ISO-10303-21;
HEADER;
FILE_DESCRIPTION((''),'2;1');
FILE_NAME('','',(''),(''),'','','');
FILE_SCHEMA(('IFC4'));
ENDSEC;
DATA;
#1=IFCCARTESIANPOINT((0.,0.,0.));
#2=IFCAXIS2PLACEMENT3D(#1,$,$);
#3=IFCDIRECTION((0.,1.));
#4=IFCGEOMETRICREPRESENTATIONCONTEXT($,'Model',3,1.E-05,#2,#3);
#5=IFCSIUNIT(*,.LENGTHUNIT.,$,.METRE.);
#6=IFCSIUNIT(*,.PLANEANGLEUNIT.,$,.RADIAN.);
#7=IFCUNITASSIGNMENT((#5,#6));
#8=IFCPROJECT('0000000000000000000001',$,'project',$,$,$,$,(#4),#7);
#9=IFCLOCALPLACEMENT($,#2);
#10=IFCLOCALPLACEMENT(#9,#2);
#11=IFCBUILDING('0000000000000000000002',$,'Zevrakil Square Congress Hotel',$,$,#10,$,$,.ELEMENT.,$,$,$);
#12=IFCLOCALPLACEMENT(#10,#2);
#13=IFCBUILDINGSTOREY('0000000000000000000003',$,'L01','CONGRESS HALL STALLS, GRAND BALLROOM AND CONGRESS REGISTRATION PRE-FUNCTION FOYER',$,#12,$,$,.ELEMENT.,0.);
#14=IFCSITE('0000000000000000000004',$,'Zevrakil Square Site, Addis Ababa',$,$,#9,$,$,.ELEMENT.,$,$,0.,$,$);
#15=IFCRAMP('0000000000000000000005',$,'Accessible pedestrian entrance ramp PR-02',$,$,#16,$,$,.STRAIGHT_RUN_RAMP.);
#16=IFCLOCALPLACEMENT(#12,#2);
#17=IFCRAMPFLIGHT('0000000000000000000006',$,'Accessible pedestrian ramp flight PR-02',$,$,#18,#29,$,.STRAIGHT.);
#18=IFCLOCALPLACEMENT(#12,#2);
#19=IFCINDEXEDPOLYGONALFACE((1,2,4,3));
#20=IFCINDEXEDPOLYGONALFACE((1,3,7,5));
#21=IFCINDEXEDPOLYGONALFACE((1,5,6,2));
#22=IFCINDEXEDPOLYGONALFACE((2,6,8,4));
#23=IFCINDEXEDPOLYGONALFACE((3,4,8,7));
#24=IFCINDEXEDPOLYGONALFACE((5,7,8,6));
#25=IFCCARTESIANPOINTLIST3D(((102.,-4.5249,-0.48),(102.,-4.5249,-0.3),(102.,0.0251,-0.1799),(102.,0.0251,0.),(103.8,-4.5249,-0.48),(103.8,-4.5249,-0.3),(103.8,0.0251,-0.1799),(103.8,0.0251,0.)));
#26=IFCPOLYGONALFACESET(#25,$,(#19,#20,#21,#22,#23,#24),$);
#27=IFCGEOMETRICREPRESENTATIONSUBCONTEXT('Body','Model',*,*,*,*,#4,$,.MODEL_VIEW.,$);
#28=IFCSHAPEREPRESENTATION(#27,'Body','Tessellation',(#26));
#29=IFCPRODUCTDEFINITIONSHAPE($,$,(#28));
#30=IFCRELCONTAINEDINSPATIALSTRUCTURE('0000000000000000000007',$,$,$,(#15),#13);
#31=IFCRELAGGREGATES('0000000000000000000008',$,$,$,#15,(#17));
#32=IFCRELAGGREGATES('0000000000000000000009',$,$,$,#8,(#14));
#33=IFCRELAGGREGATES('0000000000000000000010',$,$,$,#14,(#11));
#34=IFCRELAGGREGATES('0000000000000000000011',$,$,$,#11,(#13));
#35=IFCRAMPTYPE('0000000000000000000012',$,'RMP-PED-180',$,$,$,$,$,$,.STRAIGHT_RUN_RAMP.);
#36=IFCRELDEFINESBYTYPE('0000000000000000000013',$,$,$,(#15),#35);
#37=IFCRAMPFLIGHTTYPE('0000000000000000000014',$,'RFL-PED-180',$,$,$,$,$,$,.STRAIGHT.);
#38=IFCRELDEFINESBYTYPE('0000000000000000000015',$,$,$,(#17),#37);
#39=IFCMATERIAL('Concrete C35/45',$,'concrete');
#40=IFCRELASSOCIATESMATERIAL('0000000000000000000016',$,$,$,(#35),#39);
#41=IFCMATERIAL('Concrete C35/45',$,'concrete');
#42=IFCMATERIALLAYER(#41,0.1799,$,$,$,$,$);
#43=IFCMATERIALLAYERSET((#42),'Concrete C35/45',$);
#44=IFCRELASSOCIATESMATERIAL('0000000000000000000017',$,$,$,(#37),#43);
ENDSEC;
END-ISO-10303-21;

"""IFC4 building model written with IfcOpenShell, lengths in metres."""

from ifc_helpers import new_model, si_unit, direction, frame, origin, place, context, subcontext, project, spatial, polyline, outline, extrude, material, layer, layer_set, type_object, element, aggregate, save


model = new_model("IFC4")

# Units and contexts
model_context = context("Model", 3, precision=1e-05, world=origin(), true_north=direction((0.0, 1.0)))
body_context = subcontext(model_context, "Body", "Model", "MODEL_VIEW")
ifc_project = project(units=[si_unit("LENGTHUNIT", "METRE"), si_unit("PLANEANGLEUNIT", "RADIAN")], contexts=[model_context])

# Site, building, storey
site_placement = place(None, origin())
site = spatial("IfcSite", under=ifc_project, at=site_placement, Name="Zevrakil Square Site, Addis Ababa", CompositionType="ELEMENT", RefElevation=0.0)
building_placement = place(site_placement, origin())
building = spatial("IfcBuilding", under=site, at=building_placement, Name="Zevrakil Square Congress Hotel", CompositionType="ELEMENT")
storey_placement = place(building_placement, origin())
storey = spatial("IfcBuildingStorey", under=building, at=storey_placement, Name="L01", Description="CONGRESS HALL STALLS, GRAND BALLROOM AND CONGRESS REGISTRATION PRE-FUNCTION FOYER", CompositionType="ELEMENT", Elevation=0.0)

# Ramp, ramp flight
ifc_material_1 = material(Name="Concrete C35/45", Category="concrete")
ramp_type = type_object("IfcRampType", Name="RMP-PED-180", PredefinedType="STRAIGHT_RUN_RAMP", material=ifc_material_1)
ramp_placement = place(storey_placement, origin())
ramp = element("IfcRamp", 1, at=ramp_placement, inside=storey, type_object=ramp_type, Name="Accessible pedestrian entrance ramp PR-02", PredefinedType="STRAIGHT_RUN_RAMP")
ifc_material_2 = material(Name="Concrete C35/45", Category="concrete")
ifc_layer_1 = layer(ifc_material_2, 0.1799)
ifc_layer_set_1 = layer_set([ifc_layer_1], Name="Concrete C35/45")
ramp_flight_type = type_object("IfcRampFlightType", Name="RFL-PED-180", PredefinedType="STRAIGHT", material=ifc_layer_set_1)
ramp_flight_placement = place(storey_placement, frame((102.8999, -4.5249, -0.3), z_axis=(1.0, 0.0, 0.0), x_axis=(0.0, 1.0, 0.0)))
ramp_flight = element("IfcRampFlight", 2, at=ramp_flight_placement, type_object=ramp_flight_type, Name="Accessible pedestrian ramp flight PR-02", PredefinedType="STRAIGHT", context=body_context, shape_type="SweptSolid", body=[
    extrude(outline(polyline([(0.0, 0.0), (4.55, 0.3), (4.55, 0.1201), (0.0, -0.1799), (0.0, 0.0)])), frame((0.0, 0.0, -0.8999), z_axis=(0.0, 0.0, 1.0), x_axis=(1.0, 0.0, 0.0)), (0.0, 0.0, 1.0), 1.8),
])
aggregate(ramp, [ramp_flight])

save(model, "model.ifc")
